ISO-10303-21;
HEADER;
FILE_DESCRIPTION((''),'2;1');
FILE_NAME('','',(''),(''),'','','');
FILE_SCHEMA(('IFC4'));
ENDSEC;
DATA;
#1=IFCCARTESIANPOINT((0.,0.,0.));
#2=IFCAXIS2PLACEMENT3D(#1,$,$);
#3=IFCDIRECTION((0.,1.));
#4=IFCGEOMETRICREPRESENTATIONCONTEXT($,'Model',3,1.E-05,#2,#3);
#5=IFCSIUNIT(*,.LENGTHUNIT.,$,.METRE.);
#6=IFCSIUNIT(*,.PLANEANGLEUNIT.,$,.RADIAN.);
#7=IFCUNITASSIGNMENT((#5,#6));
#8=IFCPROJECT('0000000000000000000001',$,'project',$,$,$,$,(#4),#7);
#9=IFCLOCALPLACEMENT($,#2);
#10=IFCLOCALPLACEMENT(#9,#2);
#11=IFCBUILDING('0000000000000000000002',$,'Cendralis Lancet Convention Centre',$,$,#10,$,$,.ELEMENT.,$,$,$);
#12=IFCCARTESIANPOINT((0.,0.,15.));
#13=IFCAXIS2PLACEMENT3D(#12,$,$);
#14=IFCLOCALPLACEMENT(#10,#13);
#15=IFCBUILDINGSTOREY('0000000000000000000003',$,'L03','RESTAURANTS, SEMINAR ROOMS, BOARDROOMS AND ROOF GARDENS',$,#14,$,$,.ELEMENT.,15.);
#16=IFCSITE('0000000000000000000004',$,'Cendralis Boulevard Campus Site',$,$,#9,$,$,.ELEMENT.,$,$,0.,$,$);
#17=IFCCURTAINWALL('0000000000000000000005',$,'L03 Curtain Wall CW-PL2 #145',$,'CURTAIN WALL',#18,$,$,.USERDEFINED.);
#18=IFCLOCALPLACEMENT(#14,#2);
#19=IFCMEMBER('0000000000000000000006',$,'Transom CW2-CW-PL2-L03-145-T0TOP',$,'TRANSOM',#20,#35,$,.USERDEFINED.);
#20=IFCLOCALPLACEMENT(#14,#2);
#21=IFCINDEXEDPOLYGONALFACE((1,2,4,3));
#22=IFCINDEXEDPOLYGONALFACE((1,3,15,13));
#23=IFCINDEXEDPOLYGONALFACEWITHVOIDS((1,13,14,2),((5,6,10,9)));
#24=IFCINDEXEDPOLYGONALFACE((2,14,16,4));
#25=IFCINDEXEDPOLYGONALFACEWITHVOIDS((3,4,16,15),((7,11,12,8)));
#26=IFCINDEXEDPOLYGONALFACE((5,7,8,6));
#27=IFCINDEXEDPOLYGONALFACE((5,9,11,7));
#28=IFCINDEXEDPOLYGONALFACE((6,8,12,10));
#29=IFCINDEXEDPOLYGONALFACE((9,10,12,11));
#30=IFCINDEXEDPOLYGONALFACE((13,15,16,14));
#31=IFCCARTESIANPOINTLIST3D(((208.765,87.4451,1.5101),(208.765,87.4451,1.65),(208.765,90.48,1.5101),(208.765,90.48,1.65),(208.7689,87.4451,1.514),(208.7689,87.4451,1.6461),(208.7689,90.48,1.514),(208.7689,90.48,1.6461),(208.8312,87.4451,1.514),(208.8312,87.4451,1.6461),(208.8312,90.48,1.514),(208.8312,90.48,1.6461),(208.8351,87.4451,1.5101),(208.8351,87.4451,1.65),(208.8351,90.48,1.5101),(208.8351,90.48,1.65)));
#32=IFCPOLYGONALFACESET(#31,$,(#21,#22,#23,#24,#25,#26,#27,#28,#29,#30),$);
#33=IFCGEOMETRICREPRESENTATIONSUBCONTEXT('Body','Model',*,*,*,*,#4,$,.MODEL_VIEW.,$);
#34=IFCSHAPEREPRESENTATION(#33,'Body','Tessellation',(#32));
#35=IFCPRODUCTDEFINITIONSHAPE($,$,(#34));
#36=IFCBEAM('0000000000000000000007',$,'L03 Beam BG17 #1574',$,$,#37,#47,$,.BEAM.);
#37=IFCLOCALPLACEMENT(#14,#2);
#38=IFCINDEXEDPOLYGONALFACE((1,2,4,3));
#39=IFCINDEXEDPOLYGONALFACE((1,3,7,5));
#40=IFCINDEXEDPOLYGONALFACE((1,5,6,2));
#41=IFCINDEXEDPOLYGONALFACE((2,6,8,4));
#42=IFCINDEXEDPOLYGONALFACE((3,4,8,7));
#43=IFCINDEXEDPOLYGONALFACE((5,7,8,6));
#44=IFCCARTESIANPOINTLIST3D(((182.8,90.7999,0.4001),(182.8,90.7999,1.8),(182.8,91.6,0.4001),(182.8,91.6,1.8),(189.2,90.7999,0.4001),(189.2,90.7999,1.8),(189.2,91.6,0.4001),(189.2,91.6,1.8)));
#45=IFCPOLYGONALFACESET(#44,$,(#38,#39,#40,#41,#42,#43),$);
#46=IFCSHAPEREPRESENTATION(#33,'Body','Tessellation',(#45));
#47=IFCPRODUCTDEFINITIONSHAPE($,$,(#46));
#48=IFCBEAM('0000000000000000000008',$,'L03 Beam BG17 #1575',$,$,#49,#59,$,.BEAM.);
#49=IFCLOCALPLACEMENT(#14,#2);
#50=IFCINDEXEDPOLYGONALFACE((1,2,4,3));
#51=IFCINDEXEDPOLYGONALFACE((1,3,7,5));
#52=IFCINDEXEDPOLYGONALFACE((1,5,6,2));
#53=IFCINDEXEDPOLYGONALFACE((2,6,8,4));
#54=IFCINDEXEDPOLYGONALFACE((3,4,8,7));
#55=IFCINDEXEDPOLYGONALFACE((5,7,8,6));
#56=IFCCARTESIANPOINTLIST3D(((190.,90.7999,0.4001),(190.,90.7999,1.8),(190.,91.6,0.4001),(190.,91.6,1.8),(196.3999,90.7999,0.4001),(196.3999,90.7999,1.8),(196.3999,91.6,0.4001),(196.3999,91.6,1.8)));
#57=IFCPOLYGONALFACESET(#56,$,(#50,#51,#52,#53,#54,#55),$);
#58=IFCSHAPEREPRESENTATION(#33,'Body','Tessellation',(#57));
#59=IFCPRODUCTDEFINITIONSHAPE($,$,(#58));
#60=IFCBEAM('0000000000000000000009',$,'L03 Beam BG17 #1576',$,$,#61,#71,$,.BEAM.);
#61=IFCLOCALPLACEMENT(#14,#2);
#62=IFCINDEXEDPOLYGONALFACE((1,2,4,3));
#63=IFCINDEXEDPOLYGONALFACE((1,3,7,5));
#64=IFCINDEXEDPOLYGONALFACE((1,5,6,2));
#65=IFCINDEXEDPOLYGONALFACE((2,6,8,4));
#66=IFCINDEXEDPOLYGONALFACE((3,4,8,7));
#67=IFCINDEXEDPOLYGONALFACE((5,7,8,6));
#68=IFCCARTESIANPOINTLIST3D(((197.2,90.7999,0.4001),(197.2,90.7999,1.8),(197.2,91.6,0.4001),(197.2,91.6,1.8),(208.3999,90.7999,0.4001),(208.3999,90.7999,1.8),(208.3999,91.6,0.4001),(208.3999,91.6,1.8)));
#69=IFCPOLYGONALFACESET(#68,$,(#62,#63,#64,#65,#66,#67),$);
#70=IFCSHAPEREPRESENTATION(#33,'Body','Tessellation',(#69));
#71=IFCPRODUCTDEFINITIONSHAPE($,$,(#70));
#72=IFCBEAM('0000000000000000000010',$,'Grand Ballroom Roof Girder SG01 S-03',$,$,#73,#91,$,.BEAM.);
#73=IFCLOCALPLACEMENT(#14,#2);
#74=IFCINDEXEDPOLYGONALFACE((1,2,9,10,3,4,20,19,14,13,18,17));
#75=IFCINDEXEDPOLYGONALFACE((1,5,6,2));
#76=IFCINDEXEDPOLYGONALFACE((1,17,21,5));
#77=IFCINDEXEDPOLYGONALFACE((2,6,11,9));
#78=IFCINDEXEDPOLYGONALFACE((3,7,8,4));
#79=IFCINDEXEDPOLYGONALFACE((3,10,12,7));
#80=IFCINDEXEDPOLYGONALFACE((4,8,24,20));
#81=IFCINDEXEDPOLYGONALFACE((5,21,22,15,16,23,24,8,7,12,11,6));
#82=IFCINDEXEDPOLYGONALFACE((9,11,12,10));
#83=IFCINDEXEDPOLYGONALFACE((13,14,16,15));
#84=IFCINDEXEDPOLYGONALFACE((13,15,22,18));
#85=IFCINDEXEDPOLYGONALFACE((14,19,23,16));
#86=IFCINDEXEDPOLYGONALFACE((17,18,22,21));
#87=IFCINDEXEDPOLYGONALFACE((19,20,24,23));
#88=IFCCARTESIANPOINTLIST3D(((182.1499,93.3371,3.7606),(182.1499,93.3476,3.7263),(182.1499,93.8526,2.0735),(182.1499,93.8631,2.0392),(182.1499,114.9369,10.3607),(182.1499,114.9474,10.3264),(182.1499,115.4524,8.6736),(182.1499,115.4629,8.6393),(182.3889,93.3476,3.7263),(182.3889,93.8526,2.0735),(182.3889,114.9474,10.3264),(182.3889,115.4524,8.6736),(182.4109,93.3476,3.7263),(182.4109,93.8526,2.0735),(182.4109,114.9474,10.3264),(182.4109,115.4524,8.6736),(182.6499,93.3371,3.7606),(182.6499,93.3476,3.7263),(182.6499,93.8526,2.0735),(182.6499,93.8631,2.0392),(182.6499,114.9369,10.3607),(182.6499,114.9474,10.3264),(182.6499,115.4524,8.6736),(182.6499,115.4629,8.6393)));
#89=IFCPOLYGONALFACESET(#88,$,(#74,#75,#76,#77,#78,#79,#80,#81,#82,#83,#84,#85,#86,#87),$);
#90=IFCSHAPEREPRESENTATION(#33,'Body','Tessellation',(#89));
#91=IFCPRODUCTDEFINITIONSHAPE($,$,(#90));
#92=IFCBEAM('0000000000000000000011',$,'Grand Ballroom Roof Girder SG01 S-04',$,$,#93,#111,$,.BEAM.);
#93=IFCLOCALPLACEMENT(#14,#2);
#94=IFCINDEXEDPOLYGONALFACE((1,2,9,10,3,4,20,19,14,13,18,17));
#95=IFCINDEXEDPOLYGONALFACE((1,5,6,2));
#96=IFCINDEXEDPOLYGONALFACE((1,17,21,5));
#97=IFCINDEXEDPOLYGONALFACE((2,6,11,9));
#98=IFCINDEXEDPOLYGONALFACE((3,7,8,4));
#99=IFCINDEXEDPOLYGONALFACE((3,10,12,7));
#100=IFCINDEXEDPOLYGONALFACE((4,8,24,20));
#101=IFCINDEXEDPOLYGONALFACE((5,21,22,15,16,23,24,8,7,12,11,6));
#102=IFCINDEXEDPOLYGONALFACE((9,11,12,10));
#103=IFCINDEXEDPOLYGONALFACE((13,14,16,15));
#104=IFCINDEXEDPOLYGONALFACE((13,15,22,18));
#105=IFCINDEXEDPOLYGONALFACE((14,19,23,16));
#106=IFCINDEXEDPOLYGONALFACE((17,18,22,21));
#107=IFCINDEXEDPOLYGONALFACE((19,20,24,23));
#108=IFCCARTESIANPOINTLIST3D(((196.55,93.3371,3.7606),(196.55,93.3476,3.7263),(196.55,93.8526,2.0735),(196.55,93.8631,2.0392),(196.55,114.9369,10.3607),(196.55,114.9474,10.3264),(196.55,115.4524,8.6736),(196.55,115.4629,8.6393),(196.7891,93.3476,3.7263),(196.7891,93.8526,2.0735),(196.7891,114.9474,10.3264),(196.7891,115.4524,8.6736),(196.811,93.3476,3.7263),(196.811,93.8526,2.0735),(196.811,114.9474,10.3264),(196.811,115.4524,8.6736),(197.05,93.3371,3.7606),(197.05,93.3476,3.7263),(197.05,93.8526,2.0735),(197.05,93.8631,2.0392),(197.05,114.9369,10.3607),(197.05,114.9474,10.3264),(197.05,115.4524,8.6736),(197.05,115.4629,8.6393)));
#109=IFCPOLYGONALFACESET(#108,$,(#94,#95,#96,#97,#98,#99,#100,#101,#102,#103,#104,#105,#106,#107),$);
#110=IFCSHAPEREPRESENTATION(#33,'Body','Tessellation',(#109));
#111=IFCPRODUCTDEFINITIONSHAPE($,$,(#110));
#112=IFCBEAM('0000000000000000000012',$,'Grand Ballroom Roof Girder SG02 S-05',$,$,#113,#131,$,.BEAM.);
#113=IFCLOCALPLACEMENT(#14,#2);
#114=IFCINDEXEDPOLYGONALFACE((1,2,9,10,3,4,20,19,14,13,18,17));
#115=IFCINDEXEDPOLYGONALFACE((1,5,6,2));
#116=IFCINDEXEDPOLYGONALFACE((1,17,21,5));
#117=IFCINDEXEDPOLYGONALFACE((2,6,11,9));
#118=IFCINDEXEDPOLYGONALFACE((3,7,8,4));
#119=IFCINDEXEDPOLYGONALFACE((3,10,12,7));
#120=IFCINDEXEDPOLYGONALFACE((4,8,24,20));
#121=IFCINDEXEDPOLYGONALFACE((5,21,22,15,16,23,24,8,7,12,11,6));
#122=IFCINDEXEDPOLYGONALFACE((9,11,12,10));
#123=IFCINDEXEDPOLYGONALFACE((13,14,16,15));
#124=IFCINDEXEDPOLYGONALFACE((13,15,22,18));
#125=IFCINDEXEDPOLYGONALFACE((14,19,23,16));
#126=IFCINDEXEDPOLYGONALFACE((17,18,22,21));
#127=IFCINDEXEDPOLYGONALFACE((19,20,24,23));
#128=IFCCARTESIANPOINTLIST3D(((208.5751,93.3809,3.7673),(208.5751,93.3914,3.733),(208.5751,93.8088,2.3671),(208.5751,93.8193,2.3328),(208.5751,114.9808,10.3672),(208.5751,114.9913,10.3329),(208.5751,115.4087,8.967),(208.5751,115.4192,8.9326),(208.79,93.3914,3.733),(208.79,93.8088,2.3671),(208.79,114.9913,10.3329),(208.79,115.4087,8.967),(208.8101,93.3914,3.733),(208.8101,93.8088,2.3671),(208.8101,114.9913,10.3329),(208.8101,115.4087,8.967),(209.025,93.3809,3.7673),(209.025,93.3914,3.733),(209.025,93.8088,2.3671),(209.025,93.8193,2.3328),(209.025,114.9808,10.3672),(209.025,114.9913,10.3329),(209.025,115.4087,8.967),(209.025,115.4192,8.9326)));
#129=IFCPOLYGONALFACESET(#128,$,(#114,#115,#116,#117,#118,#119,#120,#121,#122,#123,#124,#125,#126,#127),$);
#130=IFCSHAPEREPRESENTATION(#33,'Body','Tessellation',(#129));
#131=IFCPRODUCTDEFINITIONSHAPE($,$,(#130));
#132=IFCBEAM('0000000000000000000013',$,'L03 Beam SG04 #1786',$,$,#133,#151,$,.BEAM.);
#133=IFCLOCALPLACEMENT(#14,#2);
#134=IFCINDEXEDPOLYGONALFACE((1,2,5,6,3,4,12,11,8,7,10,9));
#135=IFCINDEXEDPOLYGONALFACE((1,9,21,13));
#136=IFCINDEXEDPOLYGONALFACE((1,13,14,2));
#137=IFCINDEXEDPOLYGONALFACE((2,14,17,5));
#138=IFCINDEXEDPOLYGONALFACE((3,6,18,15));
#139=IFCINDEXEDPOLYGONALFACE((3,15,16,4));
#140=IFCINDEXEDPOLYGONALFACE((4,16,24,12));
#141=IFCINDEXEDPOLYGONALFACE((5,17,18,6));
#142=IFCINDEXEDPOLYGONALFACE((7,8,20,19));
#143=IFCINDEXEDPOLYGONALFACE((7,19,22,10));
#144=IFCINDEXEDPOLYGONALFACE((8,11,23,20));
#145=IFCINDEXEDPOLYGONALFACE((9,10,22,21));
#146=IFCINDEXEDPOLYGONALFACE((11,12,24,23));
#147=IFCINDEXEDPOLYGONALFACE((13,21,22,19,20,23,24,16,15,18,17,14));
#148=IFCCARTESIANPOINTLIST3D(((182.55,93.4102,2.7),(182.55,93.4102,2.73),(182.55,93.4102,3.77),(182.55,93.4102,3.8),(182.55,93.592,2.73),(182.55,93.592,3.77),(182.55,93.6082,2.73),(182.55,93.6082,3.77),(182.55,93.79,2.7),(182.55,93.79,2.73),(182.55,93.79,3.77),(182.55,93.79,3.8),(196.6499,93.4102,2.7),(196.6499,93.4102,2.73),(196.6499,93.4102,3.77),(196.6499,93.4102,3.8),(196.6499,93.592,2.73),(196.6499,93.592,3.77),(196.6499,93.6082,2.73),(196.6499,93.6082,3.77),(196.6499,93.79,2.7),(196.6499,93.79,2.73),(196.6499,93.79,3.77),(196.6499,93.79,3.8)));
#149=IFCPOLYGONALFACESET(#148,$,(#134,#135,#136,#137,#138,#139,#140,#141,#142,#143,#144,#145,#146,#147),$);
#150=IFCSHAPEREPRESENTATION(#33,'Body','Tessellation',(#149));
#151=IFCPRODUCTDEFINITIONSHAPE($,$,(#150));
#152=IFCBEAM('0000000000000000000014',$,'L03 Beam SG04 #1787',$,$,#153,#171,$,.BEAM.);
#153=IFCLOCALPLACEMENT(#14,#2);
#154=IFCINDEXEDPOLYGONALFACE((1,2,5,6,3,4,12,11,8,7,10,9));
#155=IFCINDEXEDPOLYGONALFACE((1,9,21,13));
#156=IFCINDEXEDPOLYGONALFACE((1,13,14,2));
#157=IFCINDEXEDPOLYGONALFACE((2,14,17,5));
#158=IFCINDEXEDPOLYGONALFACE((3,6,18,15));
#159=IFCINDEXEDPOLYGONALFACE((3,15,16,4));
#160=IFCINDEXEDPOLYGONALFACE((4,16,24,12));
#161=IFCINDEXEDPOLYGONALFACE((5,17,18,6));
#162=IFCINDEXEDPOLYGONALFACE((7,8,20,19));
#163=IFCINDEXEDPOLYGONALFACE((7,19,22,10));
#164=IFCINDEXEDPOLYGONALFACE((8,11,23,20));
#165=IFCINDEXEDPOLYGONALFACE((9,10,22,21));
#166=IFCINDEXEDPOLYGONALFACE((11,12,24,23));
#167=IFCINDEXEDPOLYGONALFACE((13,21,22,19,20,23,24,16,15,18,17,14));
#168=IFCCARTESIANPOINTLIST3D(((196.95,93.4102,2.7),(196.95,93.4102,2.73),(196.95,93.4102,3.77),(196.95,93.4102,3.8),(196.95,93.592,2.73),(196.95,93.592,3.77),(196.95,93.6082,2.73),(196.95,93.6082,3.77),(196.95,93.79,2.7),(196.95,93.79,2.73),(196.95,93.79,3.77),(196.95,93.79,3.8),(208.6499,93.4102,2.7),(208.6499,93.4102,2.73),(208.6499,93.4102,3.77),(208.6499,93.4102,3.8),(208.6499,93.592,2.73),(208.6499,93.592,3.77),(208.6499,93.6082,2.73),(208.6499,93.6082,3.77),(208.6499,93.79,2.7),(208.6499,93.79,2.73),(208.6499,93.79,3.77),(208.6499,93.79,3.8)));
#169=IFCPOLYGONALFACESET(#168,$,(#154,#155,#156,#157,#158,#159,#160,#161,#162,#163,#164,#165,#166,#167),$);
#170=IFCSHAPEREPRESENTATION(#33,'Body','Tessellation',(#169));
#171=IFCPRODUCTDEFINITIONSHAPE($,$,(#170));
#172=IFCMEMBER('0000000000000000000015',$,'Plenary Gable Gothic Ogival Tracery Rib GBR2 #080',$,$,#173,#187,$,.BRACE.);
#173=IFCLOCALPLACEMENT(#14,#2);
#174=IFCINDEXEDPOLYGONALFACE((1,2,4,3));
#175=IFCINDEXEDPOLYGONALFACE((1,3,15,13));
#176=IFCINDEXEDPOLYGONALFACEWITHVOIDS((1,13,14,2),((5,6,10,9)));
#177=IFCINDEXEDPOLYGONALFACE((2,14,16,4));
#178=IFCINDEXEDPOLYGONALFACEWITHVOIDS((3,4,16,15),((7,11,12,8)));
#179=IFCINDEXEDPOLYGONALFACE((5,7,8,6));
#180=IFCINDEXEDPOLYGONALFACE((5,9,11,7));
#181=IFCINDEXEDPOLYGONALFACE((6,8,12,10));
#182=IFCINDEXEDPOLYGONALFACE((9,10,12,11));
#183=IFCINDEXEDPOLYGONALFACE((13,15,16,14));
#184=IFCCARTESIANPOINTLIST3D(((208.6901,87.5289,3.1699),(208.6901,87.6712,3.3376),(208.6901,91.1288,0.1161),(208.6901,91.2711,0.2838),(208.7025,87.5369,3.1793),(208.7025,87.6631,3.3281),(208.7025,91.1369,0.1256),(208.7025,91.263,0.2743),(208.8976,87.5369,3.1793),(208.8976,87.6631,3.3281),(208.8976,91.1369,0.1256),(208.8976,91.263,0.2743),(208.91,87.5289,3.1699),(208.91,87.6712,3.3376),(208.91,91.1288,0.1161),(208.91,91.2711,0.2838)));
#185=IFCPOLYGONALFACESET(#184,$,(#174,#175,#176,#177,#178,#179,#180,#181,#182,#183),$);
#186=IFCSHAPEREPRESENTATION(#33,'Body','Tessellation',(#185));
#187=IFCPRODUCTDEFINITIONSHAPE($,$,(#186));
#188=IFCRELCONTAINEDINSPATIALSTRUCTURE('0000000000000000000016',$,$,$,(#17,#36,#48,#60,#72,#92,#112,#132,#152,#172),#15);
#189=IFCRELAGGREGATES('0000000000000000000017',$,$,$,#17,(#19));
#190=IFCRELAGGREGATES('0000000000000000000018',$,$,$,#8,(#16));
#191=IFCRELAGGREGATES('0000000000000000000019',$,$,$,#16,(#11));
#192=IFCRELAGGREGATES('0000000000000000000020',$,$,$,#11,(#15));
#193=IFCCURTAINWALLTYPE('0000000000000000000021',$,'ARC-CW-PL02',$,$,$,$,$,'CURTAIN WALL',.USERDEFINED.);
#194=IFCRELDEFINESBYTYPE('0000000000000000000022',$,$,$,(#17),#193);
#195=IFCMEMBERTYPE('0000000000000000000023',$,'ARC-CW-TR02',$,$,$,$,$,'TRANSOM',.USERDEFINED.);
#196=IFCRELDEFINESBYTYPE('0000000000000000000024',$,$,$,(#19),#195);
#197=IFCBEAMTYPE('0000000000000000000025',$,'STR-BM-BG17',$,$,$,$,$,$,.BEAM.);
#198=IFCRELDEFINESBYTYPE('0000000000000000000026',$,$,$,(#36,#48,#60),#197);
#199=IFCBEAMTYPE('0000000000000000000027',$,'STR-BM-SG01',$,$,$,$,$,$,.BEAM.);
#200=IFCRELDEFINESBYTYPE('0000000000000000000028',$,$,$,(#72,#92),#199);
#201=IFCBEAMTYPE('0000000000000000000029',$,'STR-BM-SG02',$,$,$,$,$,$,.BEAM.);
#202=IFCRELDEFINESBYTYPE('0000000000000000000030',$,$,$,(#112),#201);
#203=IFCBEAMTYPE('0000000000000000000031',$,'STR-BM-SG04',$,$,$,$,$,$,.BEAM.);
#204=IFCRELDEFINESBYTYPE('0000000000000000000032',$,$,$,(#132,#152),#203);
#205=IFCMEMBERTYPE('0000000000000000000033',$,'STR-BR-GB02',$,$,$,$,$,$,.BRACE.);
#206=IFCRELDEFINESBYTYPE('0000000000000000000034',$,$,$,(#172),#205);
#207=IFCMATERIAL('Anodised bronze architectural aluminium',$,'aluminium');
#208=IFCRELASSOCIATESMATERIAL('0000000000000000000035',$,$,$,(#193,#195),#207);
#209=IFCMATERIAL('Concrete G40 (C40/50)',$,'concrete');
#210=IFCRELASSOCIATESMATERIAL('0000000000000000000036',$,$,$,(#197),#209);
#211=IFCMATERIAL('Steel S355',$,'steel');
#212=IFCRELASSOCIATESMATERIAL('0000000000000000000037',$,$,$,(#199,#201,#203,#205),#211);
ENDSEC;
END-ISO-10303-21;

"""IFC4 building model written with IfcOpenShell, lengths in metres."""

from ifc_helpers import new_model, si_unit, direction, frame, origin, origin_2d, place, context, subcontext, project, spatial, rectangle, hollow_rectangle, i_section, extrude, material, material_profile, profile_set, type_object, element, aggregate, save


model = new_model("IFC4")

# Units and contexts
model_context = context("Model", 3, precision=1e-05, world=origin(), true_north=direction((0.0, 1.0)))
body_context = subcontext(model_context, "Body", "Model", "MODEL_VIEW")
ifc_project = project(units=[si_unit("LENGTHUNIT", "METRE"), si_unit("PLANEANGLEUNIT", "RADIAN")], contexts=[model_context])

# Site, building, storey
site_placement = place(None, origin())
site = spatial("IfcSite", under=ifc_project, at=site_placement, Name="Cendralis Boulevard Campus Site", CompositionType="ELEMENT", RefElevation=0.0)
building_placement = place(site_placement, origin())
building = spatial("IfcBuilding", under=site, at=building_placement, Name="Cendralis Lancet Convention Centre", CompositionType="ELEMENT")
storey_placement = place(building_placement, frame((0.0, 0.0, 15.0)))
storey = spatial("IfcBuildingStorey", under=building, at=storey_placement, Name="L03", Description="RESTAURANTS, SEMINAR ROOMS, BOARDROOMS AND ROOF GARDENS", CompositionType="ELEMENT", Elevation=15.0)

# Shared definitions
ifc_material_1 = material(Name="Concrete G40 (C40/50)", Category="concrete")
ifc_material_2 = material(Name="Steel S355", Category="steel")

# Curtain wall, member
ifc_material_3 = material(Name="Anodised bronze architectural aluminium", Category="aluminium")
curtain_wall_type = type_object("IfcCurtainWallType", Name="ARC-CW-PL02", ElementType="CURTAIN WALL", PredefinedType="USERDEFINED", material=ifc_material_3)
curtain_wall_placement = place(storey_placement, origin())
curtain_wall = element("IfcCurtainWall", 1, at=curtain_wall_placement, inside=storey, type_object=curtain_wall_type, Name="L03 Curtain Wall CW-PL2 #145", ObjectType="CURTAIN WALL", PredefinedType="USERDEFINED")
ifc_material_profile_1 = material_profile(ifc_material_3, hollow_rectangle(XDim=0.0701, YDim=0.1399, WallThickness=0.0039, at=origin_2d()), Name="AL-TRAN 70x140x4.0")
ifc_profile_set_1 = profile_set([ifc_material_profile_1], Name="Anodised bronze architectural aluminium")
member_type_1 = type_object("IfcMemberType", Name="ARC-CW-TR02", ElementType="TRANSOM", PredefinedType="USERDEFINED", material=ifc_profile_set_1)
member_1_placement = place(storey_placement, frame((208.8, 90.48, 1.5801), z_axis=(0.0, -1.0, 0.0), x_axis=(1.0, 0.0, 0.0)))
member_1 = element("IfcMember", 2, at=member_1_placement, type_object=member_type_1, Name="Transom CW2-CW-PL2-L03-145-T0TOP", ObjectType="TRANSOM", PredefinedType="USERDEFINED", context=body_context, shape_type="SweptSolid", body=[
    extrude(hollow_rectangle(XDim=0.0701, YDim=0.1399, WallThickness=0.0039, at=origin_2d()), origin(), (0.0, 0.0, 1.0), 3.0349),
])
aggregate(curtain_wall, [member_1])

# Beams
ifc_material_profile_2 = material_profile(ifc_material_1, rectangle(XDim=0.8, YDim=1.3999, at=origin_2d()), Name="RCB 800x1400")
ifc_profile_set_2 = profile_set([ifc_material_profile_2], Name="Concrete G40 (C40/50)")
beam_type_1 = type_object("IfcBeamType", Name="STR-BM-BG17", PredefinedType="BEAM", material=ifc_profile_set_2)
for number, where, z_axis, x_axis, name in (
    (3, (182.8, 91.2, 1.1001), (1.0, 0.0, 0.0), (0.0, 1.0, 0.0), "L03 Beam BG17 #1574"),
    (4, (190.0, 91.2, 1.1001), (1.0, 0.0, 0.0), (0.0, 1.0, 0.0), "L03 Beam BG17 #1575"),
):
    element("IfcBeam", number, at=place(storey_placement, frame(where, z_axis=z_axis, x_axis=x_axis)), inside=storey, type_object=beam_type_1, Name=name, PredefinedType="BEAM", context=body_context, shape_type="SweptSolid", body=[
        extrude(rectangle(XDim=0.8, YDim=1.3999, at=origin_2d()), origin(), (0.0, 0.0, 1.0), 6.3999),
    ])
beam_1_placement = place(storey_placement, frame((197.2, 91.2, 1.1001), z_axis=(1.0, 0.0, 0.0), x_axis=(0.0, 1.0, 0.0)))
element("IfcBeam", 5, at=beam_1_placement, inside=storey, type_object=beam_type_1, Name="L03 Beam BG17 #1576", PredefinedType="BEAM", context=body_context, shape_type="SweptSolid", body=[
    extrude(rectangle(XDim=0.8, YDim=1.3999, at=origin_2d()), origin(), (0.0, 0.0, 1.0), 11.2),
])
ifc_material_profile_3 = material_profile(ifc_material_2, i_section(OverallWidth=0.5, OverallDepth=1.8, WebThickness=0.022, FlangeThickness=0.0359, at=origin_2d()), Name="PG 1800x500")
ifc_profile_set_3 = profile_set([ifc_material_profile_3], Name="Steel S355")
beam_type_2 = type_object("IfcBeamType", Name="STR-BM-SG01", PredefinedType="BEAM", material=ifc_profile_set_3)
for number, where, z_axis, x_axis, name in (
    (6, (182.3999, 93.6001, 2.8999), (0.0, 0.95635, 0.292224), (-1.0, 0.0, 0.0), "Grand Ballroom Roof Girder SG01 S-03"),
    (7, (196.8, 93.6001, 2.8999), (0.0, 0.95635, 0.292224), (-1.0, 0.0, 0.0), "Grand Ballroom Roof Girder SG01 S-04"),
):
    element("IfcBeam", number, at=place(storey_placement, frame(where, z_axis=z_axis, x_axis=x_axis)), inside=storey, type_object=beam_type_2, Name=name, PredefinedType="BEAM", context=body_context, shape_type="SweptSolid", body=[
        extrude(i_section(OverallWidth=0.5, OverallDepth=1.8, WebThickness=0.022, FlangeThickness=0.0359, at=origin_2d()), origin(), (0.0, 0.0, 1.0), 22.5857),
    ])
ifc_material_profile_4 = material_profile(ifc_material_2, i_section(OverallWidth=0.45, OverallDepth=1.5, WebThickness=0.02, FlangeThickness=0.0359, at=origin_2d()), Name="PG 1500x450")
ifc_profile_set_4 = profile_set([ifc_material_profile_4], Name="Steel S355")
beam_type_3 = type_object("IfcBeamType", Name="STR-BM-SG02", PredefinedType="BEAM", material=ifc_profile_set_4)
beam_2_placement = place(storey_placement, frame((208.8, 93.6001, 3.05), z_axis=(0.0, 0.956353, 0.292214), x_axis=(-1.0, 0.0, 0.0)))
element("IfcBeam", 8, at=beam_2_placement, inside=storey, type_object=beam_type_3, Name="Grand Ballroom Roof Girder SG02 S-05", PredefinedType="BEAM", context=body_context, shape_type="SweptSolid", body=[
    extrude(i_section(OverallWidth=0.45, OverallDepth=1.5, WebThickness=0.02, FlangeThickness=0.0359, at=origin_2d()), origin(), (0.0, 0.0, 1.0), 22.5857),
])
ifc_material_profile_5 = material_profile(ifc_material_2, i_section(OverallWidth=0.3799, OverallDepth=1.1001, WebThickness=0.0161, FlangeThickness=0.03, at=origin_2d()), Name="PG 1100x380")
ifc_profile_set_5 = profile_set([ifc_material_profile_5], Name="Steel S355")
beam_type_4 = type_object("IfcBeamType", Name="STR-BM-SG04", PredefinedType="BEAM", material=ifc_profile_set_5)
beam_3_placement = place(storey_placement, frame((182.55, 93.6001, 3.25), z_axis=(1.0, 0.0, 0.0), x_axis=(0.0, 1.0, 0.0)))
element("IfcBeam", 9, at=beam_3_placement, inside=storey, type_object=beam_type_4, Name="L03 Beam SG04 #1786", PredefinedType="BEAM", context=body_context, shape_type="SweptSolid", body=[
    extrude(i_section(OverallWidth=0.3799, OverallDepth=1.1001, WebThickness=0.0161, FlangeThickness=0.03, at=origin_2d()), origin(), (0.0, 0.0, 1.0), 14.0999),
])
beam_4_placement = place(storey_placement, frame((196.95, 93.6001, 3.25), z_axis=(1.0, 0.0, 0.0), x_axis=(0.0, 1.0, 0.0)))
element("IfcBeam", 10, at=beam_4_placement, inside=storey, type_object=beam_type_4, Name="L03 Beam SG04 #1787", PredefinedType="BEAM", context=body_context, shape_type="SweptSolid", body=[
    extrude(i_section(OverallWidth=0.3799, OverallDepth=1.1001, WebThickness=0.0161, FlangeThickness=0.03, at=origin_2d()), origin(), (0.0, 0.0, 1.0), 11.7),
])

# Member
ifc_material_profile_6 = material_profile(ifc_material_2, hollow_rectangle(XDim=0.22, YDim=0.22, WallThickness=0.0125, at=origin_2d()), Name="SHS 220x220x12.5")
ifc_profile_set_6 = profile_set([ifc_material_profile_6], Name="Steel S355")
member_type_2 = type_object("IfcMemberType", Name="STR-BR-GB02", PredefinedType="BRACE", material=ifc_profile_set_6)
member_2_placement = place(storey_placement, frame((208.8, 91.2, 0.2), z_axis=(0.0, -0.762583, 0.64689), x_axis=(1.0, 0.0, 0.0)))
element("IfcMember", 11, at=member_2_placement, inside=storey, type_object=member_type_2, Name="Plenary Gable Gothic Ogival Tracery Rib GBR2 #080", PredefinedType="BRACE", context=body_context, shape_type="SweptSolid", body=[
    extrude(hollow_rectangle(XDim=0.22, YDim=0.22, WallThickness=0.0125, at=origin_2d()), origin(), (0.0, 0.0, 1.0), 4.7207),
])

save(model, "model.ifc")
